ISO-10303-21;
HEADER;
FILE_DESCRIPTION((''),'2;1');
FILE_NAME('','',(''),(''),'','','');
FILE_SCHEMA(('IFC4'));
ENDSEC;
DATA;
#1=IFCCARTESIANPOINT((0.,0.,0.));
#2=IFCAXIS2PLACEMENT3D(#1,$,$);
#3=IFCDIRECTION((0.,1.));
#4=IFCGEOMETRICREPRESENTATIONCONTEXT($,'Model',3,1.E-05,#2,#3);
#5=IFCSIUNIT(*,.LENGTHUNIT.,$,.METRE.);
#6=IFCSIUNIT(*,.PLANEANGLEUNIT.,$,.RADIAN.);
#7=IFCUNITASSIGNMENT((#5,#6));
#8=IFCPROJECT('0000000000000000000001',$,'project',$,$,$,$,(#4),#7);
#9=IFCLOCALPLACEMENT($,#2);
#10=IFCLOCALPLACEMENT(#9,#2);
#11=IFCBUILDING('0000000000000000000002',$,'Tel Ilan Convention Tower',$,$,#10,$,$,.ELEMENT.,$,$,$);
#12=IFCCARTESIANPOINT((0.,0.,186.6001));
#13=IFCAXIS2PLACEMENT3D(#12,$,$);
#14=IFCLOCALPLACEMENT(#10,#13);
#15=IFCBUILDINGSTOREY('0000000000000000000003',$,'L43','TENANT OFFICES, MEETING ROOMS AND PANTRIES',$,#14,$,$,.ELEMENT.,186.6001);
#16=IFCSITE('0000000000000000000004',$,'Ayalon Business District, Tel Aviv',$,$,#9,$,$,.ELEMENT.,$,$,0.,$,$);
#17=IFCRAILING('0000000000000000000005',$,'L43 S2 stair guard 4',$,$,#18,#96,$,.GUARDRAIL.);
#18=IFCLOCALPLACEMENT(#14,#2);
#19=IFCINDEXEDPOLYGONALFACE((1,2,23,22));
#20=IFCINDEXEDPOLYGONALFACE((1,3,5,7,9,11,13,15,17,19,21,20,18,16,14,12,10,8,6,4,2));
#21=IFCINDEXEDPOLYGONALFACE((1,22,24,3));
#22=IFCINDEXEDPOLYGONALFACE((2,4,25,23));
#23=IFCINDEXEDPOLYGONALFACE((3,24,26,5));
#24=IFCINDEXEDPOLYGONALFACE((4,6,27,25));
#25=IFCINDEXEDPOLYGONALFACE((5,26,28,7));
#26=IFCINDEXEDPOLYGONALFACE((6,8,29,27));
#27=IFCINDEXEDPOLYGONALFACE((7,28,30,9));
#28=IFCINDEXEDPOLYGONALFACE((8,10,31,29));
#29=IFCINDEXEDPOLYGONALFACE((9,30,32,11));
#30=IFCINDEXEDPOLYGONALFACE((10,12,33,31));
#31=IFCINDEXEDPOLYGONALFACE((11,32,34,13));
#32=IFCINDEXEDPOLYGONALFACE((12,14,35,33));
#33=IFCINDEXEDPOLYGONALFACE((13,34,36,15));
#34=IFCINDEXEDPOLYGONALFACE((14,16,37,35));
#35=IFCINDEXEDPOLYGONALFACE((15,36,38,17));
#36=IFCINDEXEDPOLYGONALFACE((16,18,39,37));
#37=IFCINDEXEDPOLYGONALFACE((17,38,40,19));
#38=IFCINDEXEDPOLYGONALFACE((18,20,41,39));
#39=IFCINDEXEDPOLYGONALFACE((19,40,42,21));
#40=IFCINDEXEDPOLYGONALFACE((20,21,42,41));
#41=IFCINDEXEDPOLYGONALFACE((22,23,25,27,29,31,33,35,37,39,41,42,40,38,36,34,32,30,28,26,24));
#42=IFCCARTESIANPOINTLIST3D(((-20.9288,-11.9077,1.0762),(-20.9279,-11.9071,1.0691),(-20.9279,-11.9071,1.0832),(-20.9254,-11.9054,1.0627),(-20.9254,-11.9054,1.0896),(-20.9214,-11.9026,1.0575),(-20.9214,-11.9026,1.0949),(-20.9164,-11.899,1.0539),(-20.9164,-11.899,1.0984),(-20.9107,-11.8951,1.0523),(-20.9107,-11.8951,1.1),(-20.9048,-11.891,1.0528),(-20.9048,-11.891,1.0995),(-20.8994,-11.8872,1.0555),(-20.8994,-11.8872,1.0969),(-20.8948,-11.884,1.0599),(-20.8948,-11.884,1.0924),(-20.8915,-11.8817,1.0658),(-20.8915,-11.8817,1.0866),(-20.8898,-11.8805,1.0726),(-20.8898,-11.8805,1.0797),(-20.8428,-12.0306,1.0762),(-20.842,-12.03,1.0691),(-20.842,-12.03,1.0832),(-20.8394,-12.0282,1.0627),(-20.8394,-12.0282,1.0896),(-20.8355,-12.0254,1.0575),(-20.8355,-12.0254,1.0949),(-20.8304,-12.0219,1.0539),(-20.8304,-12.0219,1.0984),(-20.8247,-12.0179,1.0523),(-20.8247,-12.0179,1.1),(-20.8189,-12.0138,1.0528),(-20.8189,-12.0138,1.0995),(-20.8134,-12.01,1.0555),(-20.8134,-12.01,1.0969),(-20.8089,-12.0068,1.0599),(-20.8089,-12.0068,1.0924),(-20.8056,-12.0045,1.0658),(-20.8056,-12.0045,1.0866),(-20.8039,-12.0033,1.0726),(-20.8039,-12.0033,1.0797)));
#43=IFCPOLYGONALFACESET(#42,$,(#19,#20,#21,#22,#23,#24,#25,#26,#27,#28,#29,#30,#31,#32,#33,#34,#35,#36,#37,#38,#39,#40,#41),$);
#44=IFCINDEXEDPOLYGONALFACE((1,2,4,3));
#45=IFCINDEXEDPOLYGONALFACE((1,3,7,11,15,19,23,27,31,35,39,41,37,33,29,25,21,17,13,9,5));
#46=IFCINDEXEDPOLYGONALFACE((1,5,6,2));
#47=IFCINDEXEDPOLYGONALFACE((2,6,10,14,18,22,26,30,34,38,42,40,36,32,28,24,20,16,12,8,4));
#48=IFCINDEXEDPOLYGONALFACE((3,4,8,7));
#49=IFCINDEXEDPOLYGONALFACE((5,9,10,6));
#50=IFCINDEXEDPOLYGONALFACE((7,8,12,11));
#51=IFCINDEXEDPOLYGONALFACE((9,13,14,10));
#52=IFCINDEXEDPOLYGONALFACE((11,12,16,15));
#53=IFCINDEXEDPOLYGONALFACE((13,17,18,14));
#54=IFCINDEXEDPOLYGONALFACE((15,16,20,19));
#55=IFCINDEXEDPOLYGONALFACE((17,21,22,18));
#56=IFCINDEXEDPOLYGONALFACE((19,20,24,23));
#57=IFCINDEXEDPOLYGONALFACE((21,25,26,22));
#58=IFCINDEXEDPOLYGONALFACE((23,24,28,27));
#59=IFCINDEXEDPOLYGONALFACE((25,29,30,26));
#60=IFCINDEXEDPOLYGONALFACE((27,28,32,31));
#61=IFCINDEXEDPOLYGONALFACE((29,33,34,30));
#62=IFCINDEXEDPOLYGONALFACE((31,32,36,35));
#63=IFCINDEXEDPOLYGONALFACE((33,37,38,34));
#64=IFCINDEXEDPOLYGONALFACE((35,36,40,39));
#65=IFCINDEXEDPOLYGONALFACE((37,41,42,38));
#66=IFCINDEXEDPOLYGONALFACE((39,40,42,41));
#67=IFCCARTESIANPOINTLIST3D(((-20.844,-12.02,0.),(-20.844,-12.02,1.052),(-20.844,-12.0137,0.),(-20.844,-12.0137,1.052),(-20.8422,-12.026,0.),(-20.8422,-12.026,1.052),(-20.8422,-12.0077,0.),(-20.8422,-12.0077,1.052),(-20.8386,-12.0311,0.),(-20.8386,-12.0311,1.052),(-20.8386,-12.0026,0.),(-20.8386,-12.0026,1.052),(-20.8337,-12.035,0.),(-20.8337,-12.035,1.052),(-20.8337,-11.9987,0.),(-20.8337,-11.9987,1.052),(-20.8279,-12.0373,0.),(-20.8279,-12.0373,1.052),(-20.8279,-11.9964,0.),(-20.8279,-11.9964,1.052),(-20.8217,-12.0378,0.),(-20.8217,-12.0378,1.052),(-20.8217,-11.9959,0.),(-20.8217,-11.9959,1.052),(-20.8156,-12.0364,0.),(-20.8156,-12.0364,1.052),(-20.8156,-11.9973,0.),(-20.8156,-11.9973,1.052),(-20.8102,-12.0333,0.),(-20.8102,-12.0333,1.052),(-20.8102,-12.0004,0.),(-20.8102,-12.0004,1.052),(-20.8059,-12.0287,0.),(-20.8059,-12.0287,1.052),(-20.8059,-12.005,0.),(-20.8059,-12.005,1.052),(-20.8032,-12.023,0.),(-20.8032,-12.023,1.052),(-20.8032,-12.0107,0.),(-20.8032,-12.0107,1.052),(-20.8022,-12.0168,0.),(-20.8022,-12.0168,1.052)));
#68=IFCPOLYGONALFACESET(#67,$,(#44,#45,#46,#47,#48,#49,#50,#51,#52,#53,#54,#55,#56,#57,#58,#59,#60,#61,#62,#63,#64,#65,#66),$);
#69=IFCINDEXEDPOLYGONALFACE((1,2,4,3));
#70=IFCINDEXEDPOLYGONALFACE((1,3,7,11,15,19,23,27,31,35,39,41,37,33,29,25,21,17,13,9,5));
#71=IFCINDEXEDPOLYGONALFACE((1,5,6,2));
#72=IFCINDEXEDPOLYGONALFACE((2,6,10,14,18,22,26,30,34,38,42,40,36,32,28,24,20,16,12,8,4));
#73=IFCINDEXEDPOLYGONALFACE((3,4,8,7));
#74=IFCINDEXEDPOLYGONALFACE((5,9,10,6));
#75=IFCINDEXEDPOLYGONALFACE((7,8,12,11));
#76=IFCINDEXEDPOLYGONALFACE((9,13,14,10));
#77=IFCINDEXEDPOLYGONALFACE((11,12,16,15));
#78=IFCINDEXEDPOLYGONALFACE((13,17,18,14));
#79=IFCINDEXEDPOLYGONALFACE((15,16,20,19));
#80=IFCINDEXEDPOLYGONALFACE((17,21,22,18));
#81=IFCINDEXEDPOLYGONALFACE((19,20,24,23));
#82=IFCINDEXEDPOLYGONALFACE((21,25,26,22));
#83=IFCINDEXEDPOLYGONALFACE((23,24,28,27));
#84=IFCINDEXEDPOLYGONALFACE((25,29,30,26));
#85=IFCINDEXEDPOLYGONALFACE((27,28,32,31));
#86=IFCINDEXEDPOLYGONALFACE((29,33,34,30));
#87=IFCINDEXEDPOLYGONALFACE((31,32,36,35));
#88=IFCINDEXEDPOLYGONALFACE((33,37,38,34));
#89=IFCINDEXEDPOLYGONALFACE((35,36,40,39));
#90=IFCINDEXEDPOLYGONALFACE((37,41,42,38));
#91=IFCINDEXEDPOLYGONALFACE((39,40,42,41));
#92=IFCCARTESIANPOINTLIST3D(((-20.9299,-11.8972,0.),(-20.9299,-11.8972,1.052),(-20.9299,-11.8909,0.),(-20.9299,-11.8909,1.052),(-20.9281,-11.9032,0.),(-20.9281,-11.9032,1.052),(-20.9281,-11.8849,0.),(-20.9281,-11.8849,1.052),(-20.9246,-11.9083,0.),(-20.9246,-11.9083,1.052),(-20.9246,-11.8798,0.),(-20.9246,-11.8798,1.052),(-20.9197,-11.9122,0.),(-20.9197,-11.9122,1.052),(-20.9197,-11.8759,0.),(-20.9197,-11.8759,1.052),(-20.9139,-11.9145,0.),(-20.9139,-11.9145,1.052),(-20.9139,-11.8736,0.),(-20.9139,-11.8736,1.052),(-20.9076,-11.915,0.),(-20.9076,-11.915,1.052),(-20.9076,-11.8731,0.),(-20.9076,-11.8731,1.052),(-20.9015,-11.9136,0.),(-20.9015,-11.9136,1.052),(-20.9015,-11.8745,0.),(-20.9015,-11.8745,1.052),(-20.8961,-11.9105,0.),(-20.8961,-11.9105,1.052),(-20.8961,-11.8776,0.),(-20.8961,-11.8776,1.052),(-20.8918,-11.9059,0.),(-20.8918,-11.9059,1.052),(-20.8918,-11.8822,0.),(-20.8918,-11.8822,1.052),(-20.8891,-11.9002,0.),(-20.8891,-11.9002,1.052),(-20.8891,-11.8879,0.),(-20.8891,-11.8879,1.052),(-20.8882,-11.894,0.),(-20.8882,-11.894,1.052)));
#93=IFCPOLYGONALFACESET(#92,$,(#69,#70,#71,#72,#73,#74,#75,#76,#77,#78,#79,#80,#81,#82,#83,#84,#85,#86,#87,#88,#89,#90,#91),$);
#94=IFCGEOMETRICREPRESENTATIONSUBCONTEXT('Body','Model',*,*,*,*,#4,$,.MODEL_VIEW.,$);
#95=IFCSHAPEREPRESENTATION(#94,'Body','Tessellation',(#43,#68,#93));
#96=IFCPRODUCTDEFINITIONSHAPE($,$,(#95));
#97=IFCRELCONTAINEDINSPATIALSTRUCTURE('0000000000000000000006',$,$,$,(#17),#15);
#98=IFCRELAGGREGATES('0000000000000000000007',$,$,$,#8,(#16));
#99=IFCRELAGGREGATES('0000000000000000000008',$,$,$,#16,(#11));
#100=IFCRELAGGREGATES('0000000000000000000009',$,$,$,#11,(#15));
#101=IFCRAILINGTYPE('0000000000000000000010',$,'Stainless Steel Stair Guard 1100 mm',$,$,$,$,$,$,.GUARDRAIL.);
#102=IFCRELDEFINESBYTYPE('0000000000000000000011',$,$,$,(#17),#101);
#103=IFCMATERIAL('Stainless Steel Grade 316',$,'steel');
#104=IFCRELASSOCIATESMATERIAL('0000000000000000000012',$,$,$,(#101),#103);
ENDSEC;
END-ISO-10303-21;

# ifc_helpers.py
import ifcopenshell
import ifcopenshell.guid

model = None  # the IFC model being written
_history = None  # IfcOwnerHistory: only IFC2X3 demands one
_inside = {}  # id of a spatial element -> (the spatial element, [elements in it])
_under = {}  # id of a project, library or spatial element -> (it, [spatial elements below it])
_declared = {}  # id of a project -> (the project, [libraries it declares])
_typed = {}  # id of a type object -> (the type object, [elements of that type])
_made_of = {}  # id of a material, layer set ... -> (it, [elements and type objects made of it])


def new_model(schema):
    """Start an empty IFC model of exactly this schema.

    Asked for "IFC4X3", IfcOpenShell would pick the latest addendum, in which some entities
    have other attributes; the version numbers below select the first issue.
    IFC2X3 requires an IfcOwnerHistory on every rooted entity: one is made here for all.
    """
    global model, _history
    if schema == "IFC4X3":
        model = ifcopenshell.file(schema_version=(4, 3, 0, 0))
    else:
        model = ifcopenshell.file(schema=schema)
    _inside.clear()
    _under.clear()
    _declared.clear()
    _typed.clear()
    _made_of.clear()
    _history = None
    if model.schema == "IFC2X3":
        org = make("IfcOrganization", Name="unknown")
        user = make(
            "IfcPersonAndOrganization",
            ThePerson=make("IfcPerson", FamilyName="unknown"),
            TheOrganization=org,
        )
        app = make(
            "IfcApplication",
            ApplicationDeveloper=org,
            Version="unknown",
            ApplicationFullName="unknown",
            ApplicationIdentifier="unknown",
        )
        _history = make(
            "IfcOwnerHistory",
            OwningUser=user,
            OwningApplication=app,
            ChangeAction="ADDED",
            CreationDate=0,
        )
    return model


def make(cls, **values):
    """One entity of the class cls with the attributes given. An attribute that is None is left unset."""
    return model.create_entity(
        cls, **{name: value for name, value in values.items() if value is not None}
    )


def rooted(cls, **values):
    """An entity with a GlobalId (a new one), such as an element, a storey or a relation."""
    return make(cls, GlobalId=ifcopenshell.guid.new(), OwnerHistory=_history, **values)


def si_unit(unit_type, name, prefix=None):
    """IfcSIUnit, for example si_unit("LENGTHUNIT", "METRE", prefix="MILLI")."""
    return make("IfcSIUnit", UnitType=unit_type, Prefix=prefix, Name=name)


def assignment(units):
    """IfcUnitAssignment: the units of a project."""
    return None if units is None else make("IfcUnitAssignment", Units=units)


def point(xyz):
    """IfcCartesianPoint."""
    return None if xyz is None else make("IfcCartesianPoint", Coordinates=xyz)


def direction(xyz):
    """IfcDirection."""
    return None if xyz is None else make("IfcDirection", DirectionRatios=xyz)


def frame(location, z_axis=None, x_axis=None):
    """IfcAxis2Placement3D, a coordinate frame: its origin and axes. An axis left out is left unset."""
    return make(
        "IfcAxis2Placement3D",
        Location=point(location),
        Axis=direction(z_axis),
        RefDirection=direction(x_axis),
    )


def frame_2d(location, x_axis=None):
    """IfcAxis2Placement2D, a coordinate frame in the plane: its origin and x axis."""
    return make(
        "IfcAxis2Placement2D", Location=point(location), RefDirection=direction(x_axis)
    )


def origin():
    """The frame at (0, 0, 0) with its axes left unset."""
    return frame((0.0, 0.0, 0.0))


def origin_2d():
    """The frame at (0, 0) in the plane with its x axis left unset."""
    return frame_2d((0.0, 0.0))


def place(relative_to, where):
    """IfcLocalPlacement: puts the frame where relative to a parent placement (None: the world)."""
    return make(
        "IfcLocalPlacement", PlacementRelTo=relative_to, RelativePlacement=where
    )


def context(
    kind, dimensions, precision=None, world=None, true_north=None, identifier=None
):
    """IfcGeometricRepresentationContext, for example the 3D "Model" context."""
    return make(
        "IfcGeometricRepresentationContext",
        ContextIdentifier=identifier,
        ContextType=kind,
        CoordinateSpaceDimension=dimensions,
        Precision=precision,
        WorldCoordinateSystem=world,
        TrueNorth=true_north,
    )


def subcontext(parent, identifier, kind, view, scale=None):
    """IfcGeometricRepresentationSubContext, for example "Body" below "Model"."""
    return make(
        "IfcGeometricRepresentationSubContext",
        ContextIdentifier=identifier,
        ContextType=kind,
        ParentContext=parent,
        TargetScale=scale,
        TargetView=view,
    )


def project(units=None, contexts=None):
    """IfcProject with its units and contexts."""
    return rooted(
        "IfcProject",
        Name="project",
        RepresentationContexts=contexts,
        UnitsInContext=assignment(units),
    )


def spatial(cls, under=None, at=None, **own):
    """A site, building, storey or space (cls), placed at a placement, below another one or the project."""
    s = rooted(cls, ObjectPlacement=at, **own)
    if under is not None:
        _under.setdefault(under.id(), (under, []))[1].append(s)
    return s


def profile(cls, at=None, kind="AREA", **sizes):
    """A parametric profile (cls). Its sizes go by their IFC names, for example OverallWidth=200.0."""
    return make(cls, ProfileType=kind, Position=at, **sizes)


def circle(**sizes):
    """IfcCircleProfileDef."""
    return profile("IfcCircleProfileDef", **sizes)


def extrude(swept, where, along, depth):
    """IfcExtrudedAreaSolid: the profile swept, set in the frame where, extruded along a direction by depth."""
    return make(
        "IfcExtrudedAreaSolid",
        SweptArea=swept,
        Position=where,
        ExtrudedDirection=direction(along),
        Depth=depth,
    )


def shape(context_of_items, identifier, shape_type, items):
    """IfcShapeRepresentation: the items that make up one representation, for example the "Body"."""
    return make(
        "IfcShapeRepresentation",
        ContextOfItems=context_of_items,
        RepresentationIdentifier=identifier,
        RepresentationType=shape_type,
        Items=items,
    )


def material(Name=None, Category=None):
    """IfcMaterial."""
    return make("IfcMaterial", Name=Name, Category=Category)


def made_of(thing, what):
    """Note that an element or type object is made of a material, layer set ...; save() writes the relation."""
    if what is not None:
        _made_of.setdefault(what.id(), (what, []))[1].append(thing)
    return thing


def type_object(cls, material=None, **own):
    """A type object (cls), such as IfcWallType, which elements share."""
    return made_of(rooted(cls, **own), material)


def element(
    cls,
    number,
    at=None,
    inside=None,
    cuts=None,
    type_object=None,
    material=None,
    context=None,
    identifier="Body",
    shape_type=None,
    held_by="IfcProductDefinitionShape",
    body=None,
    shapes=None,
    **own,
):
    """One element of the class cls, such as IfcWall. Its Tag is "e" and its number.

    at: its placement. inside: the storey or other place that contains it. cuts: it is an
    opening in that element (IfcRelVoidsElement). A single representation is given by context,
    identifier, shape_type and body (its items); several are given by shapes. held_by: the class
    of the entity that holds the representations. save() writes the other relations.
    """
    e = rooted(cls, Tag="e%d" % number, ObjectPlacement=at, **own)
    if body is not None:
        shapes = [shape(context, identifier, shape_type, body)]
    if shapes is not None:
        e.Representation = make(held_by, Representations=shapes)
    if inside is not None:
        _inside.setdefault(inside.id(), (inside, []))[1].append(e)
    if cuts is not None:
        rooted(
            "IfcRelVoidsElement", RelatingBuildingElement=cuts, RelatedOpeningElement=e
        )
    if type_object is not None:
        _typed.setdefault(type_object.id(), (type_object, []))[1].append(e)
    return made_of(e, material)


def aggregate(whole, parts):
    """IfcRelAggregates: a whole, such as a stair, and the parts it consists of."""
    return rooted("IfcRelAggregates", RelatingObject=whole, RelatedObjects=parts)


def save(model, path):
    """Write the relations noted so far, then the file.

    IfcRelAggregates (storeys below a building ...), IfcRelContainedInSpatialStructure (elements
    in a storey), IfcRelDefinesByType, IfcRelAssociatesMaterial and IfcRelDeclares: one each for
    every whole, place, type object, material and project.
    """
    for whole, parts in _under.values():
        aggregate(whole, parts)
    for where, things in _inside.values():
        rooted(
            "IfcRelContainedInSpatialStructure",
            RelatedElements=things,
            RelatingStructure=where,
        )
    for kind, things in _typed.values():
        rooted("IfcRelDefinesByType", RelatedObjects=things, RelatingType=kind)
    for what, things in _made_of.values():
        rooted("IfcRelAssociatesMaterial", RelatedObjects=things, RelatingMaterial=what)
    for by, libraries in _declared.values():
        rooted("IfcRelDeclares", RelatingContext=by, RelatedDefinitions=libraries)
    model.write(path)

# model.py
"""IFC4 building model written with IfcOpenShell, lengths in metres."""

from ifc_helpers import new_model, si_unit, direction, frame, origin, origin_2d, place, context, subcontext, project, spatial, circle, extrude, material, type_object, element, save


model = new_model("IFC4")

# Units and contexts
model_context = context("Model", 3, precision=1e-05, world=origin(), true_north=direction((0.0, 1.0)))
body_context = subcontext(model_context, "Body", "Model", "MODEL_VIEW")
ifc_project = project(units=[si_unit("LENGTHUNIT", "METRE"), si_unit("PLANEANGLEUNIT", "RADIAN")], contexts=[model_context])

# Site, building, storey
site_placement = place(None, origin())
site = spatial("IfcSite", under=ifc_project, at=site_placement, Name="Ayalon Business District, Tel Aviv", CompositionType="ELEMENT", RefElevation=0.0)
building_placement = place(site_placement, origin())
building = spatial("IfcBuilding", under=site, at=building_placement, Name="Tel Ilan Convention Tower", CompositionType="ELEMENT")
storey_placement = place(building_placement, frame((0.0, 0.0, 186.6001)))
storey = spatial("IfcBuildingStorey", under=building, at=storey_placement, Name="L43", Description="TENANT OFFICES, MEETING ROOMS AND PANTRIES", CompositionType="ELEMENT", Elevation=186.6001)

# Railing
ifc_material_1 = material(Name="Stainless Steel Grade 316", Category="steel")
railing_type_1 = type_object("IfcRailingType", Name="Stainless Steel Stair Guard 1100 mm", PredefinedType="GUARDRAIL", material=ifc_material_1)
railing_1_placement = place(storey_placement, frame((-20.8232, -12.0168, 0.0)))
element("IfcRailing", 1, at=railing_1_placement, inside=storey, type_object=railing_type_1, Name="L43 S2 stair guard 4", PredefinedType="GUARDRAIL", context=body_context, shape_type="SweptSolid", body=[
    extrude(circle(Radius=0.0239, at=origin_2d()), frame((0.0, 0.0, 1.0762), z_axis=(-0.573353, 0.819308, 0.0), x_axis=(-0.819308, -0.573353, 0.0)), (0.0, 0.0, 1.0), 0.1499),
    extrude(circle(Radius=0.021, at=origin_2d()), origin(), (0.0, 0.0, 1.0), 1.052),
    extrude(circle(Radius=0.021, at=origin_2d()), frame((-0.0859, 0.1228, 0.0)), (0.0, 0.0, 1.0), 1.052),
])

save(model, "model.ifc")
